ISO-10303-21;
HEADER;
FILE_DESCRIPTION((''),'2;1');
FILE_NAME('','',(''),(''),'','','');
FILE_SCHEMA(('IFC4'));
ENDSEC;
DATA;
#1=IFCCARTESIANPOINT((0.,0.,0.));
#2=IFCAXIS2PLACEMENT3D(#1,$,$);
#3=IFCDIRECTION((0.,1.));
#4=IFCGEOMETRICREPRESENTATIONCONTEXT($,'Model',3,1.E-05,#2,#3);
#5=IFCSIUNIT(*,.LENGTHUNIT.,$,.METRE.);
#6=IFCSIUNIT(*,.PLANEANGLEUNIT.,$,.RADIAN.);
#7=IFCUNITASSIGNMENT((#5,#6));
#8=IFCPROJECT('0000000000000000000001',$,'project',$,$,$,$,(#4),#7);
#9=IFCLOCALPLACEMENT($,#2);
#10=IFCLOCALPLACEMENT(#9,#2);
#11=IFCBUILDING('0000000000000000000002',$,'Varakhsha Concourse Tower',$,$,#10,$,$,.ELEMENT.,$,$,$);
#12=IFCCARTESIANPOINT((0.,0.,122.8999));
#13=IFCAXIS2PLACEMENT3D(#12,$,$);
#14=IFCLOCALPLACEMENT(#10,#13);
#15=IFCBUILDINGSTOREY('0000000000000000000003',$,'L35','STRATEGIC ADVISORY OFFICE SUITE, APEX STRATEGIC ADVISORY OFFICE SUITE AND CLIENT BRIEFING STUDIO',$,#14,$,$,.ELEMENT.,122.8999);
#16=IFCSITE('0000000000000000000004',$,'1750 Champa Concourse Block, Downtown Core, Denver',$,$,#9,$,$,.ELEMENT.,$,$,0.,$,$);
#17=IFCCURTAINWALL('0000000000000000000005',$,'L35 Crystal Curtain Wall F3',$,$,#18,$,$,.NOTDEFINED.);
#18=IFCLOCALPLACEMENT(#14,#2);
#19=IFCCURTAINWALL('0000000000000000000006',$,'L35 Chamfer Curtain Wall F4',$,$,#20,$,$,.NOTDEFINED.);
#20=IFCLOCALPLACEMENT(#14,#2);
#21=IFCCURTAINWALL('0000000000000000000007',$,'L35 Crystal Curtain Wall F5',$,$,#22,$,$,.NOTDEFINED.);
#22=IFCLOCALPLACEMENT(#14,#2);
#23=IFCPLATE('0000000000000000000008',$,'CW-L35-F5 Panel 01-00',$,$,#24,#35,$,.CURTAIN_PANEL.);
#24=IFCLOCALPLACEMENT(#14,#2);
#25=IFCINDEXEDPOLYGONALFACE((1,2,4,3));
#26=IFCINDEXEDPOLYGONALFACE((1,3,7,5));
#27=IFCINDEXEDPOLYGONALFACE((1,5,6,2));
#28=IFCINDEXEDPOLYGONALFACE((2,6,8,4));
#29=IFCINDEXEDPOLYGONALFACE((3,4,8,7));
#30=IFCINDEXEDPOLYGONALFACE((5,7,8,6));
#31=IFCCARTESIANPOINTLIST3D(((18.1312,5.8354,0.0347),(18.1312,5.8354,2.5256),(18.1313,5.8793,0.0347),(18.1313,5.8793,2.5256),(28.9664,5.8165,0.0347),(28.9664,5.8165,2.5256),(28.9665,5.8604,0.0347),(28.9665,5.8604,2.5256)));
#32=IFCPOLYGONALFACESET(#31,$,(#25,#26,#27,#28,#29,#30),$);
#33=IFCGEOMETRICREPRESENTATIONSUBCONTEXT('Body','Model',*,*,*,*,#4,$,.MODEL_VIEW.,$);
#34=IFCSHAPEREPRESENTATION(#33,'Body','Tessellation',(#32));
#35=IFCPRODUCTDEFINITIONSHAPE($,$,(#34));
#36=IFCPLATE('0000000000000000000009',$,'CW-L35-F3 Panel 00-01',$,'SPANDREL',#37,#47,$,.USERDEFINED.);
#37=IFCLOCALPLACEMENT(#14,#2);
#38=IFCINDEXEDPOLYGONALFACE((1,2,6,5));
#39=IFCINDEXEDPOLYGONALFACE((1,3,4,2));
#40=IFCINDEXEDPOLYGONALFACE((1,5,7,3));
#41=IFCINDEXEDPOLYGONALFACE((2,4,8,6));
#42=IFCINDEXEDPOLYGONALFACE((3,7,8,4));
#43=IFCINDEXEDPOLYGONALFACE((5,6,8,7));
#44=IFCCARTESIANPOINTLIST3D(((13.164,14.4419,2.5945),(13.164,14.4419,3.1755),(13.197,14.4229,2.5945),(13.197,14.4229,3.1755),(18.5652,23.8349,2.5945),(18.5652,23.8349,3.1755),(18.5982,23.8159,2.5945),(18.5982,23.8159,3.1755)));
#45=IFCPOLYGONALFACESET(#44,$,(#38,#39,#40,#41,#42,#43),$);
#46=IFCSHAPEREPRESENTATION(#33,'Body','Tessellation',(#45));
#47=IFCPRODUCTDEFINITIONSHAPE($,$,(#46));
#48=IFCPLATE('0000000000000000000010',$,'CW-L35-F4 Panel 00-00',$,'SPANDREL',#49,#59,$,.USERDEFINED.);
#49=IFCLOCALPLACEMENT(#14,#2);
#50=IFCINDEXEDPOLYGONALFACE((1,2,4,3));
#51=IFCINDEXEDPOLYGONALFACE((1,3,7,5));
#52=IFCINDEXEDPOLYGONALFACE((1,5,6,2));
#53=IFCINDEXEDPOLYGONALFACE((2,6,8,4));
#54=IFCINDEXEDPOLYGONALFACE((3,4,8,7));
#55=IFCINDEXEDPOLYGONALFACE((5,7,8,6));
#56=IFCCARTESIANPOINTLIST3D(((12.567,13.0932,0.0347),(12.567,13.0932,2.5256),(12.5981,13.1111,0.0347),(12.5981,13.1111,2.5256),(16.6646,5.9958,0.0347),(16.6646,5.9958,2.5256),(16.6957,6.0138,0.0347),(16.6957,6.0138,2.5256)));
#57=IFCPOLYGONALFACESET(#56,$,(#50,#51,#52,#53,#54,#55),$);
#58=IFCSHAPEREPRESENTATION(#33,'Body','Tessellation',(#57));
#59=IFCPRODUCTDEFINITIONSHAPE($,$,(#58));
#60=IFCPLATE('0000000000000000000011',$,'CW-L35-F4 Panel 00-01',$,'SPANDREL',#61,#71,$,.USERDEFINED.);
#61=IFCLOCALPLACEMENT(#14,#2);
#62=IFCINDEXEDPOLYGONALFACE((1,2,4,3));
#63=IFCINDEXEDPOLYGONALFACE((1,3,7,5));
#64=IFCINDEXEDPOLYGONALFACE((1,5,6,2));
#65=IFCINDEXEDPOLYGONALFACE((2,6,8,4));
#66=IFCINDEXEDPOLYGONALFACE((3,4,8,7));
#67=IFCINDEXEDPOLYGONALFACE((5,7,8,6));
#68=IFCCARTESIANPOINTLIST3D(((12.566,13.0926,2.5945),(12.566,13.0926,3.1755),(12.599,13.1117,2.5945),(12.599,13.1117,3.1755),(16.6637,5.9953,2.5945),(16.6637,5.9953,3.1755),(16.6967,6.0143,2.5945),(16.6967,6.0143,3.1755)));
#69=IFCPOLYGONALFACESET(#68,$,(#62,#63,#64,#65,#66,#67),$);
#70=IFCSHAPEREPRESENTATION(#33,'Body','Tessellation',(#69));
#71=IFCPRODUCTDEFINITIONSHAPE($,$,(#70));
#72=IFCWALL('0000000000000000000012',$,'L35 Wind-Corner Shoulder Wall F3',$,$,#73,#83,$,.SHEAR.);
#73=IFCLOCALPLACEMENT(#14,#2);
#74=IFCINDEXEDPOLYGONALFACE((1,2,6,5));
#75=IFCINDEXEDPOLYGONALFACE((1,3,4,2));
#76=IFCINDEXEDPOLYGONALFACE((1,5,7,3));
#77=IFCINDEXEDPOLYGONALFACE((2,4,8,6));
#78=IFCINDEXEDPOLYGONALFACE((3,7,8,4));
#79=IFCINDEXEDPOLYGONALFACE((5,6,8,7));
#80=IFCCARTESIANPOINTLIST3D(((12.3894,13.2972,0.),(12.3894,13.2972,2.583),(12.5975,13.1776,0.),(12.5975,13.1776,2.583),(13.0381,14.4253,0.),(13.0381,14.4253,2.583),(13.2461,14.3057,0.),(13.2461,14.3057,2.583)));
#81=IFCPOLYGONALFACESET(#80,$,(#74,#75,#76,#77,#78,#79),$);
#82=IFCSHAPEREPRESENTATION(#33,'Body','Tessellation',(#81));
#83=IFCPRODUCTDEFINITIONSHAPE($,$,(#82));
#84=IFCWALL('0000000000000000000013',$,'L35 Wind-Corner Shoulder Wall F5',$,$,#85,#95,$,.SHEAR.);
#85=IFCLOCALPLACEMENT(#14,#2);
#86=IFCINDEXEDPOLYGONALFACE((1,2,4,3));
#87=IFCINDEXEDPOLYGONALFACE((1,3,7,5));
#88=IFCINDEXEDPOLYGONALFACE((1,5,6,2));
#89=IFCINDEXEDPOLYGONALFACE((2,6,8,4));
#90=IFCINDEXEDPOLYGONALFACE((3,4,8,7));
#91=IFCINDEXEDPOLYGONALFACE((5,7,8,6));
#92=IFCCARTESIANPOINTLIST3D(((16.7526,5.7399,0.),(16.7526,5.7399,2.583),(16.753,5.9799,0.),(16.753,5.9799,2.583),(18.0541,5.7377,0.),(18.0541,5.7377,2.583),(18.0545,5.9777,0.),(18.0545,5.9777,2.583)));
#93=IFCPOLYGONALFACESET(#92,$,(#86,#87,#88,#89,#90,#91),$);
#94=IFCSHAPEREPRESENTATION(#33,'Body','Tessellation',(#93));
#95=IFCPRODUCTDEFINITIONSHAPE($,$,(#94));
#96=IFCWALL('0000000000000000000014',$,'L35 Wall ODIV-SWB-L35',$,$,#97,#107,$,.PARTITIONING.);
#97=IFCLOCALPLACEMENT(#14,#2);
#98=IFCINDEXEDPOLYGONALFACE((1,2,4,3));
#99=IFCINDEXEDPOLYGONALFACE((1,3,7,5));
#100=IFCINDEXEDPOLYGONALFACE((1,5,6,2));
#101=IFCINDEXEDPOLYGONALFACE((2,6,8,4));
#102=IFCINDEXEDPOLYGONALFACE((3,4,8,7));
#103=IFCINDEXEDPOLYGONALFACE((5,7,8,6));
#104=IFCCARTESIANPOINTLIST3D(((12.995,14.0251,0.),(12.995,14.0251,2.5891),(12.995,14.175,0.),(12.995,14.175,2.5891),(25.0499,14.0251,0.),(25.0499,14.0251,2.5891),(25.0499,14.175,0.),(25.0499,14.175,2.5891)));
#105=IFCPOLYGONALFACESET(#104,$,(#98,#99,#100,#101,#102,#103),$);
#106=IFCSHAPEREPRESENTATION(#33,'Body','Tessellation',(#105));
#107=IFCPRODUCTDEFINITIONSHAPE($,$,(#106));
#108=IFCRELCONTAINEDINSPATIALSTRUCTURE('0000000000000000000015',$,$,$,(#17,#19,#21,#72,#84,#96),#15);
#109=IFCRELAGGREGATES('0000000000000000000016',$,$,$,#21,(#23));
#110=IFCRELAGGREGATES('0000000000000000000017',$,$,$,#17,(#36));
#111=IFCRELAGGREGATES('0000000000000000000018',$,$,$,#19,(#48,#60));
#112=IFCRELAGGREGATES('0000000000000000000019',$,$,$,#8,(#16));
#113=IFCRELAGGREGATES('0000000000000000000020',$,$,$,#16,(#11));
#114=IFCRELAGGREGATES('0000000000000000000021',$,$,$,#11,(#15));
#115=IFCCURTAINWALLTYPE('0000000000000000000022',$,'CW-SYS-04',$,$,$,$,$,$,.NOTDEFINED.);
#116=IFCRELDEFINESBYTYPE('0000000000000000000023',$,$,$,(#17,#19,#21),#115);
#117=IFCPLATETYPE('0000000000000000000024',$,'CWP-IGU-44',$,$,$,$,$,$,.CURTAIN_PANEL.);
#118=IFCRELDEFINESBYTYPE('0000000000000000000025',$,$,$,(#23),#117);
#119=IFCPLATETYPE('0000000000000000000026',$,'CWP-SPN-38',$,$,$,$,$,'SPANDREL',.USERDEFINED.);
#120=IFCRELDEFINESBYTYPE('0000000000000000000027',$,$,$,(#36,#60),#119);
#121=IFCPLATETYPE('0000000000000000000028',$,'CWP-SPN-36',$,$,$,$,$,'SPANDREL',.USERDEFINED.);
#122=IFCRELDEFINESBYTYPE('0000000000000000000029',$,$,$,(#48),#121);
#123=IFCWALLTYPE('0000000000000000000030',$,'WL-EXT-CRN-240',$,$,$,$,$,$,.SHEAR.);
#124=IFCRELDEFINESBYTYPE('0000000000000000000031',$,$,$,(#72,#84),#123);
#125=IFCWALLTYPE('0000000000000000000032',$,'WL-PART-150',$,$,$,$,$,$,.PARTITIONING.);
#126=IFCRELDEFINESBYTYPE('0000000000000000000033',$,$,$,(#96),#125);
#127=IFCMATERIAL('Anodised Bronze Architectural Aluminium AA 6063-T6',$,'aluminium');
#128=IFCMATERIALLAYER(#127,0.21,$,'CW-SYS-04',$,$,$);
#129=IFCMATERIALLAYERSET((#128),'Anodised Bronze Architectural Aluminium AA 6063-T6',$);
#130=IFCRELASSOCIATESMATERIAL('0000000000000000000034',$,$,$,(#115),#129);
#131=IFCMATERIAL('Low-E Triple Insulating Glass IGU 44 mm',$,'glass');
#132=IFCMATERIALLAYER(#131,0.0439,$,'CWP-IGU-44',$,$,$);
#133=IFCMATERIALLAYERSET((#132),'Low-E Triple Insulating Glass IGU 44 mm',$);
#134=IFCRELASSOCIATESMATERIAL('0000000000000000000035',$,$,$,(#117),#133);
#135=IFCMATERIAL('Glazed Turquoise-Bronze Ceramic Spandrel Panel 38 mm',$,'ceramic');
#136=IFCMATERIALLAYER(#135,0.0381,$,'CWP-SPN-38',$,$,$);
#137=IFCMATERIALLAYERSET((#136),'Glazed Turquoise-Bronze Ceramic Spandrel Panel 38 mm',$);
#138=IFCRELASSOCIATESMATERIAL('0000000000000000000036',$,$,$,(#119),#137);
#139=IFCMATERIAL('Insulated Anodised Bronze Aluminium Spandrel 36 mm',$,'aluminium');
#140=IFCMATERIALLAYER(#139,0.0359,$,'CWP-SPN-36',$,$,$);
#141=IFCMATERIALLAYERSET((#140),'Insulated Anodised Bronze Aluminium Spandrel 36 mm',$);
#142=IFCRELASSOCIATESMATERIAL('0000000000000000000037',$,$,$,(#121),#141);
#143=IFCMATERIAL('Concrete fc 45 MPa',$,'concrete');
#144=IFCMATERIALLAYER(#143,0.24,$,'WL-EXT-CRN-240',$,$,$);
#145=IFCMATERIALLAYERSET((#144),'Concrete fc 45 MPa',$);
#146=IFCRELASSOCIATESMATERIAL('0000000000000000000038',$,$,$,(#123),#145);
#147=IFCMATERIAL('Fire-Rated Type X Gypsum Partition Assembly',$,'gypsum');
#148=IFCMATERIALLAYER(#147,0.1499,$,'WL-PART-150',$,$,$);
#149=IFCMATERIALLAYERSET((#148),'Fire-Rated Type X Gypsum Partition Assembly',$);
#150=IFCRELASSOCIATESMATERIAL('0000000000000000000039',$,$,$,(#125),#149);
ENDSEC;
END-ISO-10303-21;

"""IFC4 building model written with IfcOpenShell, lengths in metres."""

from ifc_helpers import new_model, si_unit, direction, frame, frame_2d, origin, origin_2d, place, context, subcontext, project, spatial, rectangle, extrude, source, transform, mapped, material, layer, layer_set, type_object, type_shapes, element, aggregate, save


model = new_model("IFC4")

# Units and contexts
model_context = context("Model", 3, precision=1e-05, world=origin(), true_north=direction((0.0, 1.0)))
body_context = subcontext(model_context, "Body", "Model", "MODEL_VIEW")
ifc_project = project(units=[si_unit("LENGTHUNIT", "METRE"), si_unit("PLANEANGLEUNIT", "RADIAN")], contexts=[model_context])

# Site, building, storey
site_placement = place(None, origin())
site = spatial("IfcSite", under=ifc_project, at=site_placement, Name="1750 Champa Concourse Block, Downtown Core, Denver", CompositionType="ELEMENT", RefElevation=0.0)
building_placement = place(site_placement, origin())
building = spatial("IfcBuilding", under=site, at=building_placement, Name="Varakhsha Concourse Tower", CompositionType="ELEMENT")
storey_placement = place(building_placement, frame((0.0, 0.0, 122.8999)))
storey = spatial("IfcBuildingStorey", under=building, at=storey_placement, Name="L35", Description="STRATEGIC ADVISORY OFFICE SUITE, APEX STRATEGIC ADVISORY OFFICE SUITE AND CLIENT BRIEFING STUDIO", CompositionType="ELEMENT", Elevation=122.8999)

# Curtain walls
ifc_material_1 = material(Name="Anodised Bronze Architectural Aluminium AA 6063-T6", Category="aluminium")
ifc_layer_1 = layer(ifc_material_1, 0.21, Name="CW-SYS-04")
ifc_layer_set_1 = layer_set([ifc_layer_1], Name="Anodised Bronze Architectural Aluminium AA 6063-T6")
curtain_wall_type = type_object("IfcCurtainWallType", Name="CW-SYS-04", PredefinedType="NOTDEFINED", material=ifc_layer_set_1)
curtain_wall_1_placement = place(storey_placement, origin())
curtain_wall_1 = element("IfcCurtainWall", 1, at=curtain_wall_1_placement, inside=storey, type_object=curtain_wall_type, Name="L35 Crystal Curtain Wall F3", PredefinedType="NOTDEFINED")
curtain_wall_2_placement = place(storey_placement, origin())
curtain_wall_2 = element("IfcCurtainWall", 2, at=curtain_wall_2_placement, inside=storey, type_object=curtain_wall_type, Name="L35 Chamfer Curtain Wall F4", PredefinedType="NOTDEFINED")

# Curtain wall
curtain_wall_3_placement = place(storey_placement, origin())
curtain_wall_3 = element("IfcCurtainWall", 3, at=curtain_wall_3_placement, inside=storey, type_object=curtain_wall_type, Name="L35 Crystal Curtain Wall F5", PredefinedType="NOTDEFINED")

# Shared definitions
ifc_material_2 = material(Name="Concrete fc 45 MPa", Category="concrete")

# Plates
ifc_material_3 = material(Name="Low-E Triple Insulating Glass IGU 44 mm", Category="glass")
ifc_layer_2 = layer(ifc_material_3, 0.0439, Name="CWP-IGU-44")
ifc_layer_set_2 = layer_set([ifc_layer_2], Name="Low-E Triple Insulating Glass IGU 44 mm")
plate_type_1 = type_object("IfcPlateType", Name="CWP-IGU-44", PredefinedType="CURTAIN_PANEL", material=ifc_layer_set_2)
shared_shape_1 = source(origin(), body_context, "Body", "SweptSolid", [
    extrude(rectangle(XDim=10.8352, YDim=0.0439, at=origin_2d()), origin(), (0.0, 0.0, 1.0), 2.491),
])
type_shapes(plate_type_1, [shared_shape_1])
plate_1_placement = place(storey_placement, frame((23.5488, 5.8479, 0.0347), z_axis=(0.0, 0.0, 1.0), x_axis=(-0.999998, 0.001745, 0.0)))
plate_1 = element("IfcPlate", 4, at=plate_1_placement, type_object=plate_type_1, Name="CW-L35-F5 Panel 01-00", PredefinedType="CURTAIN_PANEL", context=body_context, shape_type="MappedRepresentation", body=[
    mapped(shared_shape_1, transform((0.0, 0.0, 0.0), scale=1.0)),
])
aggregate(curtain_wall_3, [plate_1])
ifc_material_4 = material(Name="Glazed Turquoise-Bronze Ceramic Spandrel Panel 38 mm", Category="ceramic")
ifc_layer_3 = layer(ifc_material_4, 0.0381, Name="CWP-SPN-38")
ifc_layer_set_3 = layer_set([ifc_layer_3], Name="Glazed Turquoise-Bronze Ceramic Spandrel Panel 38 mm")
plate_type_2 = type_object("IfcPlateType", Name="CWP-SPN-38", ElementType="SPANDREL", PredefinedType="USERDEFINED", material=ifc_layer_set_3)
shared_shape_2 = source(origin(), body_context, "Body", "SweptSolid", [
    extrude(rectangle(XDim=10.8352, YDim=0.0381, at=origin_2d()), origin(), (0.0, 0.0, 1.0), 0.5811),
])
plate_2_placement = place(storey_placement, frame((15.8811, 19.1289, 2.5945), z_axis=(0.0, 0.0, 1.0), x_axis=(0.498489, 0.866896, 0.0)))
plate_2 = element("IfcPlate", 5, at=plate_2_placement, type_object=plate_type_2, Name="CW-L35-F3 Panel 00-01", ObjectType="SPANDREL", PredefinedType="USERDEFINED", context=body_context, shape_type="MappedRepresentation", body=[
    mapped(shared_shape_2, transform((0.0, 0.0, 0.0), scale=1.0)),
])
aggregate(curtain_wall_1, [plate_2])
ifc_material_5 = material(Name="Insulated Anodised Bronze Aluminium Spandrel 36 mm", Category="aluminium")
ifc_layer_4 = layer(ifc_material_5, 0.0359, Name="CWP-SPN-36")
ifc_layer_set_4 = layer_set([ifc_layer_4], Name="Insulated Anodised Bronze Aluminium Spandrel 36 mm")
plate_type_3 = type_object("IfcPlateType", Name="CWP-SPN-36", ElementType="SPANDREL", PredefinedType="USERDEFINED", material=ifc_layer_set_4)
shared_shape_3 = source(origin(), body_context, "Body", "SweptSolid", [
    extrude(rectangle(XDim=8.1953, YDim=0.0359, at=origin_2d()), origin(), (0.0, 0.0, 1.0), 2.491),
])
type_shapes(plate_type_3, [shared_shape_3])
plate_3_placement = place(storey_placement, frame((14.6313, 9.5535, 0.0347), z_axis=(0.0, 0.0, 1.0), x_axis=(-0.500002, 0.866025, 0.0)))
plate_3 = element("IfcPlate", 6, at=plate_3_placement, type_object=plate_type_3, Name="CW-L35-F4 Panel 00-00", ObjectType="SPANDREL", PredefinedType="USERDEFINED", context=body_context, shape_type="MappedRepresentation", body=[
    mapped(shared_shape_3, transform((0.0, 0.0, 0.0), scale=1.0)),
])
shared_shape_4 = source(origin(), body_context, "Body", "SweptSolid", [
    extrude(rectangle(XDim=8.1953, YDim=0.0381, at=origin_2d()), origin(), (0.0, 0.0, 1.0), 0.5811),
])
type_shapes(plate_type_2, [shared_shape_2, shared_shape_4])
plate_4_placement = place(storey_placement, frame((14.6313, 9.5535, 2.5945), z_axis=(0.0, 0.0, 1.0), x_axis=(-0.500002, 0.866025, 0.0)))
plate_4 = element("IfcPlate", 7, at=plate_4_placement, type_object=plate_type_2, Name="CW-L35-F4 Panel 00-01", ObjectType="SPANDREL", PredefinedType="USERDEFINED", context=body_context, shape_type="MappedRepresentation", body=[
    mapped(shared_shape_4, transform((0.0, 0.0, 0.0), scale=1.0)),
])
aggregate(curtain_wall_2, [plate_3, plate_4])

# Walls
ifc_layer_5 = layer(ifc_material_2, 0.24, Name="WL-EXT-CRN-240")
ifc_layer_set_5 = layer_set([ifc_layer_5], Name="Concrete fc 45 MPa")
wall_type_1 = type_object("IfcWallType", Name="WL-EXT-CRN-240", PredefinedType="SHEAR", material=ifc_layer_set_5)
wall_1_placement = place(storey_placement, frame((13.1421, 14.3655, 0.0), z_axis=(0.0, 0.0, 1.0), x_axis=(-0.498461, -0.866912, 0.0)))
element("IfcWall", 8, at=wall_1_placement, inside=storey, type_object=wall_type_1, Name="L35 Wind-Corner Shoulder Wall F3", PredefinedType="SHEAR", context=body_context, shape_type="SweptSolid", body=[
    extrude(rectangle(XDim=1.3013, YDim=0.24, at=frame_2d((0.6506, 0.0))), origin(), (0.0, 0.0, 1.0), 2.583),
])
wall_2_placement = place(storey_placement, frame((16.7527, 5.8599, 0.0), z_axis=(0.0, 0.0, 1.0), x_axis=(0.999999, -0.001688, 0.0)))
element("IfcWall", 9, at=wall_2_placement, inside=storey, type_object=wall_type_1, Name="L35 Wind-Corner Shoulder Wall F5", PredefinedType="SHEAR", context=body_context, shape_type="SweptSolid", body=[
    extrude(rectangle(XDim=1.3015, YDim=0.24, at=frame_2d((0.6509, 0.0))), origin(), (0.0, 0.0, 1.0), 2.583),
])
ifc_material_6 = material(Name="Fire-Rated Type X Gypsum Partition Assembly", Category="gypsum")
ifc_layer_6 = layer(ifc_material_6, 0.1499, Name="WL-PART-150")
ifc_layer_set_6 = layer_set([ifc_layer_6], Name="Fire-Rated Type X Gypsum Partition Assembly")
wall_type_2 = type_object("IfcWallType", Name="WL-PART-150", PredefinedType="PARTITIONING", material=ifc_layer_set_6)
wall_3_placement = place(storey_placement, frame((12.9951, 14.1001, 0.0), z_axis=(0.0, 0.0, 1.0), x_axis=(1.0, 0.0, 0.0)))
element("IfcWall", 10, at=wall_3_placement, inside=storey, type_object=wall_type_2, Name="L35 Wall ODIV-SWB-L35", PredefinedType="PARTITIONING", context=body_context, shape_type="SweptSolid", body=[
    extrude(rectangle(XDim=12.0549, YDim=0.1499, at=frame_2d((6.0273, 0.0))), origin(), (0.0, 0.0, 1.0), 2.5891),
])

save(model, "model.ifc")
